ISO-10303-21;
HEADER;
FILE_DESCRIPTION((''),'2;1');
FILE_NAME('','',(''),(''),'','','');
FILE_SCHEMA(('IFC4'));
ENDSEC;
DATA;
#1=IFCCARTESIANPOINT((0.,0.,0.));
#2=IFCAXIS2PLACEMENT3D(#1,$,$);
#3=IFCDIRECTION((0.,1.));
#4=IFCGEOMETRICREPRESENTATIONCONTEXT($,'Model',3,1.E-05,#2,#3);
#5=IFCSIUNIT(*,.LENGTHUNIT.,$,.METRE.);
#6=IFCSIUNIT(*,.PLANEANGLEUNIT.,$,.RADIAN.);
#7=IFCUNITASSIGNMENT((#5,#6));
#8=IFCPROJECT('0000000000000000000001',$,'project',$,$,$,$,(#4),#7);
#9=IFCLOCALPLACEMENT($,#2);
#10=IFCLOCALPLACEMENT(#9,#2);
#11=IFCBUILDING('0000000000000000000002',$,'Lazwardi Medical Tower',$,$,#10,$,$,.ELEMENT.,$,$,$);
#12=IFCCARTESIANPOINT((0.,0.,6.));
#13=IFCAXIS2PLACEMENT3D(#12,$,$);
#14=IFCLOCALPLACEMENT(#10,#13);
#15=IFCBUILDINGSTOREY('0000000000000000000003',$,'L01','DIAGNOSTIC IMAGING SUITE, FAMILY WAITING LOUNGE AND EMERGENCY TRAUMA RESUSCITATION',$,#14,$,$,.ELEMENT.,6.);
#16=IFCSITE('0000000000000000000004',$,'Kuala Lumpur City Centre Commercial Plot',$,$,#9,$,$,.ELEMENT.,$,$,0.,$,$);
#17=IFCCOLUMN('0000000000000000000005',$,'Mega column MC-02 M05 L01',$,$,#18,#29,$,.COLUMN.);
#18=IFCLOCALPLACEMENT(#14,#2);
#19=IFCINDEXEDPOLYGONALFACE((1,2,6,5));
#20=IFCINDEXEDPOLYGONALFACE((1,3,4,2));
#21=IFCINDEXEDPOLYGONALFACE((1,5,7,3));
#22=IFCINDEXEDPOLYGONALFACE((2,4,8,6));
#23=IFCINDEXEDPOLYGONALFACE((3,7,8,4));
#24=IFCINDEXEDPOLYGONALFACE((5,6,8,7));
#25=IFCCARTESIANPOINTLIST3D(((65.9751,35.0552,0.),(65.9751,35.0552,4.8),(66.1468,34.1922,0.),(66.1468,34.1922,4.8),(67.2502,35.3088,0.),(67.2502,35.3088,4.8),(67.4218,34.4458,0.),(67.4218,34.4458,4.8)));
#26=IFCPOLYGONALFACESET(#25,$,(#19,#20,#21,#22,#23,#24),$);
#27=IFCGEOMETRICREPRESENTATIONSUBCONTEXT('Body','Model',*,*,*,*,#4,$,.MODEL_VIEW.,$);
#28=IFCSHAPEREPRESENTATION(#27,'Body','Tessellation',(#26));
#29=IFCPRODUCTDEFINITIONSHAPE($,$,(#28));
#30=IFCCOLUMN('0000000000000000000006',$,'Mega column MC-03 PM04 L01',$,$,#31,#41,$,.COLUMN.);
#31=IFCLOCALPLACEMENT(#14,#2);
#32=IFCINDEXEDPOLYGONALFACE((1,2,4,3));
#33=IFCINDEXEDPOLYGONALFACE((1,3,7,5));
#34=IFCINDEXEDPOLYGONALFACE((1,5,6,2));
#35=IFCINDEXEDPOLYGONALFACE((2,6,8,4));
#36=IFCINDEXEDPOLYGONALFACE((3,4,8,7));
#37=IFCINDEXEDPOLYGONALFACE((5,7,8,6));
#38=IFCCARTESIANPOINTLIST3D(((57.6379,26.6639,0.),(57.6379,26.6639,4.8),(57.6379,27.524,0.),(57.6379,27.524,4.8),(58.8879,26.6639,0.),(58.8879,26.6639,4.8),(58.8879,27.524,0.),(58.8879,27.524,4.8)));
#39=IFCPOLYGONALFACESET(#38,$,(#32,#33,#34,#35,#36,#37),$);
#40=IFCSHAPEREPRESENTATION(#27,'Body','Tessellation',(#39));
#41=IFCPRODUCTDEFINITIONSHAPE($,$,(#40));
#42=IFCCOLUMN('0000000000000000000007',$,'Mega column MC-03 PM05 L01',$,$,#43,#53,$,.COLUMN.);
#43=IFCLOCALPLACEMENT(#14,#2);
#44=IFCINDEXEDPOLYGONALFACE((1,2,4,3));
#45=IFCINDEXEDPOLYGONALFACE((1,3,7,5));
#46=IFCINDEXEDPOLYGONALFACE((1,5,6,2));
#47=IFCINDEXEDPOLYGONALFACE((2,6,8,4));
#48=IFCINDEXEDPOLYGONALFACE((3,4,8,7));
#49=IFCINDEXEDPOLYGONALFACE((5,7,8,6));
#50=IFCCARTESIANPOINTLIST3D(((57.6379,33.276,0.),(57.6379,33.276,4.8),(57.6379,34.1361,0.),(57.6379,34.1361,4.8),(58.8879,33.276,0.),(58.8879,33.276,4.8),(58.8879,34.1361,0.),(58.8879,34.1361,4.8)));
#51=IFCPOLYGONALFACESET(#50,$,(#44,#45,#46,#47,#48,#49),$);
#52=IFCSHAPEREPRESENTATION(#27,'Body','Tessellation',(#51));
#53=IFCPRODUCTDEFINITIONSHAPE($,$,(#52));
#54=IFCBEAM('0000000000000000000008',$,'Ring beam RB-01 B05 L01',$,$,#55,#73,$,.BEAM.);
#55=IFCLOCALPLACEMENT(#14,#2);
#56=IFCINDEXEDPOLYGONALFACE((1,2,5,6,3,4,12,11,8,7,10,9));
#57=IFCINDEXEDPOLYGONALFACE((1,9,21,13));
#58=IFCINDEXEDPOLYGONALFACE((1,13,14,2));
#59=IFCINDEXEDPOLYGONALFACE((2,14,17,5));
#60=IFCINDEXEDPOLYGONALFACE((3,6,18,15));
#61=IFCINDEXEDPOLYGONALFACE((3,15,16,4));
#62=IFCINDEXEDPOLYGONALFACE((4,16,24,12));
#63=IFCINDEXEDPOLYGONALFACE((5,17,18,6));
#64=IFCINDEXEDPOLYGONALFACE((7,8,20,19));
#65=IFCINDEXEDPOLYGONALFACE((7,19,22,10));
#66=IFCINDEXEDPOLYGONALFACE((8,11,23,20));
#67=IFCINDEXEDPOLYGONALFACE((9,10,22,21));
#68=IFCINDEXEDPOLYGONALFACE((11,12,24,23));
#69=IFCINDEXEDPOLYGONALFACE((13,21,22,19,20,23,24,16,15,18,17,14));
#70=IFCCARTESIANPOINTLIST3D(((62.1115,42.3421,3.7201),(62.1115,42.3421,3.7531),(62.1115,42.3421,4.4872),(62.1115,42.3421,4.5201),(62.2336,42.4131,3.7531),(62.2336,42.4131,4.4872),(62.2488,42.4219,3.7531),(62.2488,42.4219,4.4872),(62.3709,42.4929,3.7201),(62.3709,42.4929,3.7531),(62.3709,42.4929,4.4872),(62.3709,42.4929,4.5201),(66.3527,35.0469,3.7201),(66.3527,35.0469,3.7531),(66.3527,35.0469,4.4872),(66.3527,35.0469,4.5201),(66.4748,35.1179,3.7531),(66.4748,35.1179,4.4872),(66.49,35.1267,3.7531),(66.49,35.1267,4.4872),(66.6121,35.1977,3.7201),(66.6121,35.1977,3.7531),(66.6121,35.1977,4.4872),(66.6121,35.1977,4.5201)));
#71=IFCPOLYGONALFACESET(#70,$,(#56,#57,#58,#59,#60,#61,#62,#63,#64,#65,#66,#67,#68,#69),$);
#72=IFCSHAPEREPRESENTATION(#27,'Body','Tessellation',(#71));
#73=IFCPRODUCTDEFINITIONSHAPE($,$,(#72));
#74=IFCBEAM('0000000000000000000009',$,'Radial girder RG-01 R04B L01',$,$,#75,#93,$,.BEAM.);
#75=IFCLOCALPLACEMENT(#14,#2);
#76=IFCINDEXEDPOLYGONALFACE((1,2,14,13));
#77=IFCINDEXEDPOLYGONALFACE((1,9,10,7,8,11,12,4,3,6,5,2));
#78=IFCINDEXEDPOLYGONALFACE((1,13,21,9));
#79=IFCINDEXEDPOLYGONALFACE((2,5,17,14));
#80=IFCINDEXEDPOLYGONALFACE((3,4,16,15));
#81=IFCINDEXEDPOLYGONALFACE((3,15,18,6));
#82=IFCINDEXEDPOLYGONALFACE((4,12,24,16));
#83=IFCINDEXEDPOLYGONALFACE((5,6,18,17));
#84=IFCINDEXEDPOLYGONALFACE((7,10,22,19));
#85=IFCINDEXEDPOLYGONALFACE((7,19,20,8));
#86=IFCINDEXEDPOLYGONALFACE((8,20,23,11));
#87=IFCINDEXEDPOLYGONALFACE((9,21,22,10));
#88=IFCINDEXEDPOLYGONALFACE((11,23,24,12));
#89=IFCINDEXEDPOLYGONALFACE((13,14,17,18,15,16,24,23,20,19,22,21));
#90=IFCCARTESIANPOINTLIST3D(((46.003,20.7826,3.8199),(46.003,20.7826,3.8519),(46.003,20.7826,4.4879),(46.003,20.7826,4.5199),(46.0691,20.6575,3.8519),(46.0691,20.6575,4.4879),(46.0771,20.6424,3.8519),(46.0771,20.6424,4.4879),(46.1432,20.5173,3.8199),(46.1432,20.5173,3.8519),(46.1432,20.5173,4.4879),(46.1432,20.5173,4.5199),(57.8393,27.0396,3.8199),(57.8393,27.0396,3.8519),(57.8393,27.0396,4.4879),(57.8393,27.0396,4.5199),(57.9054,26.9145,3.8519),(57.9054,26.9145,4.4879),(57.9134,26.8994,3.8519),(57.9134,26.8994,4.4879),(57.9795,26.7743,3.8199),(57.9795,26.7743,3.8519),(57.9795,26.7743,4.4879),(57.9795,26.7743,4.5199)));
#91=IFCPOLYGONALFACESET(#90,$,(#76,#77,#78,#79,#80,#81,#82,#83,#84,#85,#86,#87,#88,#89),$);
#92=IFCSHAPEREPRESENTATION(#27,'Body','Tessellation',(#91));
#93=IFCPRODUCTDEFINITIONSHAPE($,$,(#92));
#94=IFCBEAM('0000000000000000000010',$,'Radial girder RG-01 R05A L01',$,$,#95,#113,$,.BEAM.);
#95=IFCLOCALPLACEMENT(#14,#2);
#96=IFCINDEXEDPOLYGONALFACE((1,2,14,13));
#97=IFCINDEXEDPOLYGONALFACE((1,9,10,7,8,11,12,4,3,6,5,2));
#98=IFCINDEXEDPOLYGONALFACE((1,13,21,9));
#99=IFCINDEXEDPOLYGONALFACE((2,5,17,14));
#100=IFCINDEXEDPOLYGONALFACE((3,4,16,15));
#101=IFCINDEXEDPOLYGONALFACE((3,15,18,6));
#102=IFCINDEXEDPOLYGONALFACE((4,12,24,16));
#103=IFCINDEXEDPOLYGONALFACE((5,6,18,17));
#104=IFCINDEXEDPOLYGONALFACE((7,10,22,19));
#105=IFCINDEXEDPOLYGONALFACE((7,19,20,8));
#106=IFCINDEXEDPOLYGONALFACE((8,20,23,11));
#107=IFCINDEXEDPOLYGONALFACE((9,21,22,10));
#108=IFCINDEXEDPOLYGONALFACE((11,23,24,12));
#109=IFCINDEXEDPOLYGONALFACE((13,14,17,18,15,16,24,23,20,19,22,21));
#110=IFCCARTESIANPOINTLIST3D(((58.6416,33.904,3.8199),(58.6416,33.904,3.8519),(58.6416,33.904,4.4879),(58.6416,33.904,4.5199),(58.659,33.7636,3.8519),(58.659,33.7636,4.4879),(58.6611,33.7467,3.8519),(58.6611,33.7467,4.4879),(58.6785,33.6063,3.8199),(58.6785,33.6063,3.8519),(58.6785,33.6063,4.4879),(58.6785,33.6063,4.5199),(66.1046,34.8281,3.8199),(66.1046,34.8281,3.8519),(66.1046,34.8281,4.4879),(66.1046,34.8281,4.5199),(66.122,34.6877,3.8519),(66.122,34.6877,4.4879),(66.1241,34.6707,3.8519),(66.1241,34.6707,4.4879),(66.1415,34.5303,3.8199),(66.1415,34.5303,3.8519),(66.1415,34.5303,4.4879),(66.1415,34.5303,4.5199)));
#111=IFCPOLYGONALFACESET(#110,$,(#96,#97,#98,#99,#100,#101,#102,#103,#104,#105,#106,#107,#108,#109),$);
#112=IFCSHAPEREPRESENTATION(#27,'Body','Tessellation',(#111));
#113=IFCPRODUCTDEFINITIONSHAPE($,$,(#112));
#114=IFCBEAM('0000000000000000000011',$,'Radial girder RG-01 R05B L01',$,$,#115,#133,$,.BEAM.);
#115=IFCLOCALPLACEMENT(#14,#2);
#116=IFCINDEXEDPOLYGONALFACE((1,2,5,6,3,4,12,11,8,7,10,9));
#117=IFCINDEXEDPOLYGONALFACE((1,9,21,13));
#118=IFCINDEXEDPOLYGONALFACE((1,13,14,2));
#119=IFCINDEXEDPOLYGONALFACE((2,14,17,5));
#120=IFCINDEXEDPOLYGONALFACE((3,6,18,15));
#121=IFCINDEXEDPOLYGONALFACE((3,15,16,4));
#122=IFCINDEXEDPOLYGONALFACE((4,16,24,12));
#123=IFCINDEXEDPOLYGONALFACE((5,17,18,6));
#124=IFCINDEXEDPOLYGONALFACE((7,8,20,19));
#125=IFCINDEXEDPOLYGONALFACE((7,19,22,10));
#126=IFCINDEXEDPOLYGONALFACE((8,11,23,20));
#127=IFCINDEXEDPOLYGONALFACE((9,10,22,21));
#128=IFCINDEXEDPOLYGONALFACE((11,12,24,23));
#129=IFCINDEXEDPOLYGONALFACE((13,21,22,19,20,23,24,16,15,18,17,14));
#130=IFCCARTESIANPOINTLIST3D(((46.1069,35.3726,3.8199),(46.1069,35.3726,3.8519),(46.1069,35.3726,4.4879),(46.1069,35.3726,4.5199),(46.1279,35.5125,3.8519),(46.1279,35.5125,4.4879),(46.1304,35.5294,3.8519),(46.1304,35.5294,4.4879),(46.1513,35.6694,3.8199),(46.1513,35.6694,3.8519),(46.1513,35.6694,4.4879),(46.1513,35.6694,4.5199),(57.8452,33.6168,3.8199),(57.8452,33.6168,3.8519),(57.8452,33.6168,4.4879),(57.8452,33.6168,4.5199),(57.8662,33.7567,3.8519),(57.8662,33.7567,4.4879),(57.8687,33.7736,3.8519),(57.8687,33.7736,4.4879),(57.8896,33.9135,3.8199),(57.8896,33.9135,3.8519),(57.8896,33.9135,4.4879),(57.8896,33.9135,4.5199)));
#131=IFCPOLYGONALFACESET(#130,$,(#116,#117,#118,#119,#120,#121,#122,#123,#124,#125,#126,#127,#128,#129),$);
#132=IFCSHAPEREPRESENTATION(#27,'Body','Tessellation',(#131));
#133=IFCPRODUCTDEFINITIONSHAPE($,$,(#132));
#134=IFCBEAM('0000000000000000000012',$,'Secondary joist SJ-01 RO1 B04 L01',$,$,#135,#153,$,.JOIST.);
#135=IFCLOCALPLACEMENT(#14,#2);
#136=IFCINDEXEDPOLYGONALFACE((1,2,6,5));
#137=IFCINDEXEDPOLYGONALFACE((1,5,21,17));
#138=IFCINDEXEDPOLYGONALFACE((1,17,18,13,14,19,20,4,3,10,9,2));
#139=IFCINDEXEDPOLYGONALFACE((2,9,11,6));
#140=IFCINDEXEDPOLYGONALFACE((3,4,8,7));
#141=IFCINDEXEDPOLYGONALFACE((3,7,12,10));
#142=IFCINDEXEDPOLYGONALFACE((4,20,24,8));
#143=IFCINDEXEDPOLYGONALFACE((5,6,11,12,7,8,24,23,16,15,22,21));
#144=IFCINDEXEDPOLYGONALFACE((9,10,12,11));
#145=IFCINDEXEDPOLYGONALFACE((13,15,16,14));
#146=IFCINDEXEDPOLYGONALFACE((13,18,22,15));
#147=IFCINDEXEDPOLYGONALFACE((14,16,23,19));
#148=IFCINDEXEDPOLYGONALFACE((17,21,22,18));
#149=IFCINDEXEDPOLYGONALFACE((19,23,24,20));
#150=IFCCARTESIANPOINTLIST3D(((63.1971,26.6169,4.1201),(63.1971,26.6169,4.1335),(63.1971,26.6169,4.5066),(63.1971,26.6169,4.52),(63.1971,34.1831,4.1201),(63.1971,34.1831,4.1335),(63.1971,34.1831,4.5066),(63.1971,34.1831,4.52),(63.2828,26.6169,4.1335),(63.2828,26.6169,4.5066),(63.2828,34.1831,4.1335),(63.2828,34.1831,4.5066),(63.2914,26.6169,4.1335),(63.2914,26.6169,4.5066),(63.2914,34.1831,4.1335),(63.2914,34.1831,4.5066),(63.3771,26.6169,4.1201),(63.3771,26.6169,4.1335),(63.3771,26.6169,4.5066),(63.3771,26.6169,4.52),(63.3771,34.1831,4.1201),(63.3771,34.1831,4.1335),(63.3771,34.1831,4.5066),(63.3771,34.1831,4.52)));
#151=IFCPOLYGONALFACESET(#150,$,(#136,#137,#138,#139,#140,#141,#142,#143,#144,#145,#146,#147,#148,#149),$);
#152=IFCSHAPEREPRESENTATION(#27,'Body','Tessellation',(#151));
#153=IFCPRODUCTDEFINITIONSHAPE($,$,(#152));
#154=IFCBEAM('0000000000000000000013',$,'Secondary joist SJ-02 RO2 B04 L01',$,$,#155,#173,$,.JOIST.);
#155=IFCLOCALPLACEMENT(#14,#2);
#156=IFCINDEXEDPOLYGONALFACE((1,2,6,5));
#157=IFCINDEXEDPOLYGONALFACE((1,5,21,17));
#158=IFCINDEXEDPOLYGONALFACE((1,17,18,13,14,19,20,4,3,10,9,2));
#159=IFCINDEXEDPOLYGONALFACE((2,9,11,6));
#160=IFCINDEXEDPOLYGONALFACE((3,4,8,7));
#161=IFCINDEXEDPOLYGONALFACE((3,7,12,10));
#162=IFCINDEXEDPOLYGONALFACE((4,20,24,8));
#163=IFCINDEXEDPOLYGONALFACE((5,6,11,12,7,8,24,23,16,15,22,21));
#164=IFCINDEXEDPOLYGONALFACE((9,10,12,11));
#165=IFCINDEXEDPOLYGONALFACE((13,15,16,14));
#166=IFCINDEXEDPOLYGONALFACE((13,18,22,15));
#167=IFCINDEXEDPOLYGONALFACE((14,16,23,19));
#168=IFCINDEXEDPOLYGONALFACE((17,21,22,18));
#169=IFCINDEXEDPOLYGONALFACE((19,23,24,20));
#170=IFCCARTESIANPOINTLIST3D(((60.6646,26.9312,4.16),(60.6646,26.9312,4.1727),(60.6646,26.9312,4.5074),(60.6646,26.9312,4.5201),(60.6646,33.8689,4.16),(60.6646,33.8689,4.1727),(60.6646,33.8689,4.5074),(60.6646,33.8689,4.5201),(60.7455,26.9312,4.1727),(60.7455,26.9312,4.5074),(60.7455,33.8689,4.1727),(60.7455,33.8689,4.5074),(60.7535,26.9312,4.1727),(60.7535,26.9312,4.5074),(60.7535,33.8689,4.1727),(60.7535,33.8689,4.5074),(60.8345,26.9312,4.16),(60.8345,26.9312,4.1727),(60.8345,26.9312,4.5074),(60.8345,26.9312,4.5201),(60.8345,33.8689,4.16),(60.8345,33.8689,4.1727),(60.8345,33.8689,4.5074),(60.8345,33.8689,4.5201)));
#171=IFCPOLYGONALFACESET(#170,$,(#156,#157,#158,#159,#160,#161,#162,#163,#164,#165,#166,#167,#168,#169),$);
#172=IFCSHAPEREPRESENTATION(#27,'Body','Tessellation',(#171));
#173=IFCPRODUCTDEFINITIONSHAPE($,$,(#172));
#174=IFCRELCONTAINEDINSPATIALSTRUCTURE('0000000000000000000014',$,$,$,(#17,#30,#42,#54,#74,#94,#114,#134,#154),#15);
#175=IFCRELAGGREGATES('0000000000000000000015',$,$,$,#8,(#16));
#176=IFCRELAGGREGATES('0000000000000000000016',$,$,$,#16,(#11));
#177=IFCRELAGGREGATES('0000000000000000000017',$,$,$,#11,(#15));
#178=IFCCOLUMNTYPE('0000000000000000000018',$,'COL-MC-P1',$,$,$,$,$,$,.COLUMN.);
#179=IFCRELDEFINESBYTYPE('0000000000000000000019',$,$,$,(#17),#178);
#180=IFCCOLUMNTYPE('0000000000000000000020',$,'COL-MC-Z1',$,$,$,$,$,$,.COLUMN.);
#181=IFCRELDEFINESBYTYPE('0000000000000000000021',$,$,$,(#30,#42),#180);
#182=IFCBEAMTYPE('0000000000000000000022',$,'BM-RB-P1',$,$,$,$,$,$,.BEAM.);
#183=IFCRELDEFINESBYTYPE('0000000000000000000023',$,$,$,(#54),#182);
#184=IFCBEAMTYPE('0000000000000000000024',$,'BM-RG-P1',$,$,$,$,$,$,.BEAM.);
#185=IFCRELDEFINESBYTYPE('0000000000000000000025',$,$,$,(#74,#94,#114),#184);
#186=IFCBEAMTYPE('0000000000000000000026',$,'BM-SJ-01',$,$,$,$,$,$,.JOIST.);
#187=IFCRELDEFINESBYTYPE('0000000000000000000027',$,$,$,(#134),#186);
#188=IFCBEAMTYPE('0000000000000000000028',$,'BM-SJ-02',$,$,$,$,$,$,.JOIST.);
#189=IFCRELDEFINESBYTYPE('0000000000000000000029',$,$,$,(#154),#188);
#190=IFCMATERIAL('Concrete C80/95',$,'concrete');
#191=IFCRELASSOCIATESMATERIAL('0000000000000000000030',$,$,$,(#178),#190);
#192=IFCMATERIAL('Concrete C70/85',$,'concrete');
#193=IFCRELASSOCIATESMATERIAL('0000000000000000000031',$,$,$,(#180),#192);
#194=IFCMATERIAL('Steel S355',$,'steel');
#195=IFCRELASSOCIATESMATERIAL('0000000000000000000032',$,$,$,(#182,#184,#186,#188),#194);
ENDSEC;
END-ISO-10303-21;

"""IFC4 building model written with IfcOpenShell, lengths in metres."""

from ifc_helpers import new_model, si_unit, direction, frame, origin, origin_2d, place, context, subcontext, project, spatial, rectangle, i_section, extrude, material, material_profile, profile_set, type_object, element, save


model = new_model("IFC4")

# Units and contexts
model_context = context("Model", 3, precision=1e-05, world=origin(), true_north=direction((0.0, 1.0)))
body_context = subcontext(model_context, "Body", "Model", "MODEL_VIEW")
ifc_project = project(units=[si_unit("LENGTHUNIT", "METRE"), si_unit("PLANEANGLEUNIT", "RADIAN")], contexts=[model_context])

# Site, building, storey
site_placement = place(None, origin())
site = spatial("IfcSite", under=ifc_project, at=site_placement, Name="Kuala Lumpur City Centre Commercial Plot", CompositionType="ELEMENT", RefElevation=0.0)
building_placement = place(site_placement, origin())
building = spatial("IfcBuilding", under=site, at=building_placement, Name="Lazwardi Medical Tower", CompositionType="ELEMENT")
storey_placement = place(building_placement, frame((0.0, 0.0, 6.0)))
storey = spatial("IfcBuildingStorey", under=building, at=storey_placement, Name="L01", Description="DIAGNOSTIC IMAGING SUITE, FAMILY WAITING LOUNGE AND EMERGENCY TRAUMA RESUSCITATION", CompositionType="ELEMENT", Elevation=6.0)

# Columns
ifc_material_1 = material(Name="Concrete C80/95", Category="concrete")
ifc_material_profile_1 = material_profile(ifc_material_1, rectangle(XDim=1.3, YDim=0.8799, at=origin_2d()), Name="CFT-RECT 1300x880")
ifc_profile_set_1 = profile_set([ifc_material_profile_1], Name="Concrete C80/95")
column_type_1 = type_object("IfcColumnType", Name="COL-MC-P1", PredefinedType="COLUMN", material=ifc_profile_set_1)
column_placement = place(storey_placement, frame((66.6985, 34.7505, 0.0), z_axis=(0.0, 0.0, 1.0), x_axis=(0.980785, 0.19509, 0.0)))
element("IfcColumn", 1, at=column_placement, inside=storey, type_object=column_type_1, Name="Mega column MC-02 M05 L01", PredefinedType="COLUMN", context=body_context, shape_type="SweptSolid", body=[
    extrude(rectangle(XDim=1.3, YDim=0.8799, at=origin_2d()), origin(), (0.0, 0.0, 1.0), 4.8),
])
ifc_material_2 = material(Name="Concrete C70/85", Category="concrete")
ifc_material_profile_2 = material_profile(ifc_material_2, rectangle(XDim=1.25, YDim=0.8601, at=origin_2d()), Name="CFT-RECT 1250x860")
ifc_profile_set_2 = profile_set([ifc_material_profile_2], Name="Concrete C70/85")
column_type_2 = type_object("IfcColumnType", Name="COL-MC-Z1", PredefinedType="COLUMN", material=ifc_profile_set_2)
for number, where, z_axis, x_axis, name in (
    (2, (58.2629, 27.094, 0.0), (0.0, 0.0, 1.0), (1.0, 0.0, 0.0), "Mega column MC-03 PM04 L01"),
    (3, (58.2629, 33.7061, 0.0), (0.0, 0.0, 1.0), (1.0, 0.0, 0.0), "Mega column MC-03 PM05 L01"),
):
    element("IfcColumn", number, at=place(storey_placement, frame(where, z_axis=z_axis, x_axis=x_axis)), inside=storey, type_object=column_type_2, Name=name, PredefinedType="COLUMN", context=body_context, shape_type="SweptSolid", body=[
        extrude(rectangle(XDim=1.25, YDim=0.8601, at=origin_2d()), origin(), (0.0, 0.0, 1.0), 4.8),
    ])

# Beams
ifc_material_3 = material(Name="Steel S355", Category="steel")
ifc_material_profile_3 = material_profile(ifc_material_3, i_section(OverallWidth=0.3, OverallDepth=0.8, WebThickness=0.0176, FlangeThickness=0.033, at=origin_2d()), Name="HEB 800")
ifc_profile_set_3 = profile_set([ifc_material_profile_3], Name="Steel S355")
beam_type_1 = type_object("IfcBeamType", Name="BM-RB-P1", PredefinedType="BEAM", material=ifc_profile_set_3)
beam_1_placement = place(storey_placement, frame((66.4824, 35.1223, 4.1201), z_axis=(-0.502606, 0.864516, 0.0), x_axis=(-0.864516, -0.502606, 0.0)))
element("IfcBeam", 4, at=beam_1_placement, inside=storey, type_object=beam_type_1, Name="Ring beam RB-01 B05 L01", PredefinedType="BEAM", context=body_context, shape_type="SweptSolid", body=[
    extrude(i_section(OverallWidth=0.3, OverallDepth=0.8, WebThickness=0.0176, FlangeThickness=0.033, at=origin_2d()), origin(), (0.0, 0.0, 1.0), 8.4385),
])
ifc_material_profile_4 = material_profile(ifc_material_3, i_section(OverallWidth=0.3, OverallDepth=0.7, WebThickness=0.0171, FlangeThickness=0.032, at=origin_2d()), Name="HEB 700")
ifc_profile_set_4 = profile_set([ifc_material_profile_4], Name="Steel S355")
beam_type_2 = type_object("IfcBeamType", Name="BM-RG-P1", PredefinedType="BEAM", material=ifc_profile_set_4)
beam_2_placement = place(storey_placement, frame((57.9094, 26.907, 4.1699), z_axis=(-0.884074, -0.467347, 0.0), x_axis=(0.467347, -0.884074, 0.0)))
element("IfcBeam", 5, at=beam_2_placement, inside=storey, type_object=beam_type_2, Name="Radial girder RG-01 R04B L01", PredefinedType="BEAM", context=body_context, shape_type="SweptSolid", body=[
    extrude(i_section(OverallWidth=0.3, OverallDepth=0.7, WebThickness=0.0171, FlangeThickness=0.032, at=origin_2d()), origin(), (0.0, 0.0, 1.0), 13.3884),
])
beam_3_placement = place(storey_placement, frame((66.123, 34.6792, 4.1699), z_axis=(-0.992422, -0.12288, 0.0), x_axis=(0.12288, -0.992422, 0.0)))
element("IfcBeam", 6, at=beam_3_placement, inside=storey, type_object=beam_type_2, Name="Radial girder RG-01 R05A L01", PredefinedType="BEAM", context=body_context, shape_type="SweptSolid", body=[
    extrude(i_section(OverallWidth=0.3, OverallDepth=0.7, WebThickness=0.0171, FlangeThickness=0.032, at=origin_2d()), origin(), (0.0, 0.0, 1.0), 7.52),
])
beam_4_placement = place(storey_placement, frame((57.8674, 33.7651, 4.1699), z_axis=(-0.988997, 0.147938, 0.0), x_axis=(-0.147938, -0.988997, 0.0)))
element("IfcBeam", 7, at=beam_4_placement, inside=storey, type_object=beam_type_2, Name="Radial girder RG-01 R05B L01", PredefinedType="BEAM", context=body_context, shape_type="SweptSolid", body=[
    extrude(i_section(OverallWidth=0.3, OverallDepth=0.7, WebThickness=0.0171, FlangeThickness=0.032, at=origin_2d()), origin(), (0.0, 0.0, 1.0), 11.8689),
])
ifc_material_profile_5 = material_profile(ifc_material_3, i_section(OverallWidth=0.1799, OverallDepth=0.3999, WebThickness=0.0085, FlangeThickness=0.0134, at=origin_2d()), Name="IPE 400")
ifc_profile_set_5 = profile_set([ifc_material_profile_5], Name="Steel S355")
beam_type_3 = type_object("IfcBeamType", Name="BM-SJ-01", PredefinedType="JOIST", material=ifc_profile_set_5)
beam_5_placement = place(storey_placement, frame((63.2871, 26.6169, 4.3201), z_axis=(0.0, 1.0, 0.0), x_axis=(-1.0, 0.0, 0.0)))
element("IfcBeam", 8, at=beam_5_placement, inside=storey, type_object=beam_type_3, Name="Secondary joist SJ-01 RO1 B04 L01", PredefinedType="JOIST", context=body_context, shape_type="SweptSolid", body=[
    extrude(i_section(OverallWidth=0.1799, OverallDepth=0.3999, WebThickness=0.0085, FlangeThickness=0.0134, at=origin_2d()), origin(), (0.0, 0.0, 1.0), 7.5662),
])
ifc_material_profile_6 = material_profile(ifc_material_3, i_section(OverallWidth=0.1699, OverallDepth=0.3601, WebThickness=0.0081, FlangeThickness=0.0127, at=origin_2d()), Name="IPE 360")
ifc_profile_set_6 = profile_set([ifc_material_profile_6], Name="Steel S355")
beam_type_4 = type_object("IfcBeamType", Name="BM-SJ-02", PredefinedType="JOIST", material=ifc_profile_set_6)
beam_6_placement = place(storey_placement, frame((60.7495, 26.9312, 4.3401), z_axis=(0.0, 1.0, 0.0), x_axis=(-1.0, 0.0, 0.0)))
element("IfcBeam", 9, at=beam_6_placement, inside=storey, type_object=beam_type_4, Name="Secondary joist SJ-02 RO2 B04 L01", PredefinedType="JOIST", context=body_context, shape_type="SweptSolid", body=[
    extrude(i_section(OverallWidth=0.1699, OverallDepth=0.3601, WebThickness=0.0081, FlangeThickness=0.0127, at=origin_2d()), origin(), (0.0, 0.0, 1.0), 6.9377),
])

save(model, "model.ifc")
